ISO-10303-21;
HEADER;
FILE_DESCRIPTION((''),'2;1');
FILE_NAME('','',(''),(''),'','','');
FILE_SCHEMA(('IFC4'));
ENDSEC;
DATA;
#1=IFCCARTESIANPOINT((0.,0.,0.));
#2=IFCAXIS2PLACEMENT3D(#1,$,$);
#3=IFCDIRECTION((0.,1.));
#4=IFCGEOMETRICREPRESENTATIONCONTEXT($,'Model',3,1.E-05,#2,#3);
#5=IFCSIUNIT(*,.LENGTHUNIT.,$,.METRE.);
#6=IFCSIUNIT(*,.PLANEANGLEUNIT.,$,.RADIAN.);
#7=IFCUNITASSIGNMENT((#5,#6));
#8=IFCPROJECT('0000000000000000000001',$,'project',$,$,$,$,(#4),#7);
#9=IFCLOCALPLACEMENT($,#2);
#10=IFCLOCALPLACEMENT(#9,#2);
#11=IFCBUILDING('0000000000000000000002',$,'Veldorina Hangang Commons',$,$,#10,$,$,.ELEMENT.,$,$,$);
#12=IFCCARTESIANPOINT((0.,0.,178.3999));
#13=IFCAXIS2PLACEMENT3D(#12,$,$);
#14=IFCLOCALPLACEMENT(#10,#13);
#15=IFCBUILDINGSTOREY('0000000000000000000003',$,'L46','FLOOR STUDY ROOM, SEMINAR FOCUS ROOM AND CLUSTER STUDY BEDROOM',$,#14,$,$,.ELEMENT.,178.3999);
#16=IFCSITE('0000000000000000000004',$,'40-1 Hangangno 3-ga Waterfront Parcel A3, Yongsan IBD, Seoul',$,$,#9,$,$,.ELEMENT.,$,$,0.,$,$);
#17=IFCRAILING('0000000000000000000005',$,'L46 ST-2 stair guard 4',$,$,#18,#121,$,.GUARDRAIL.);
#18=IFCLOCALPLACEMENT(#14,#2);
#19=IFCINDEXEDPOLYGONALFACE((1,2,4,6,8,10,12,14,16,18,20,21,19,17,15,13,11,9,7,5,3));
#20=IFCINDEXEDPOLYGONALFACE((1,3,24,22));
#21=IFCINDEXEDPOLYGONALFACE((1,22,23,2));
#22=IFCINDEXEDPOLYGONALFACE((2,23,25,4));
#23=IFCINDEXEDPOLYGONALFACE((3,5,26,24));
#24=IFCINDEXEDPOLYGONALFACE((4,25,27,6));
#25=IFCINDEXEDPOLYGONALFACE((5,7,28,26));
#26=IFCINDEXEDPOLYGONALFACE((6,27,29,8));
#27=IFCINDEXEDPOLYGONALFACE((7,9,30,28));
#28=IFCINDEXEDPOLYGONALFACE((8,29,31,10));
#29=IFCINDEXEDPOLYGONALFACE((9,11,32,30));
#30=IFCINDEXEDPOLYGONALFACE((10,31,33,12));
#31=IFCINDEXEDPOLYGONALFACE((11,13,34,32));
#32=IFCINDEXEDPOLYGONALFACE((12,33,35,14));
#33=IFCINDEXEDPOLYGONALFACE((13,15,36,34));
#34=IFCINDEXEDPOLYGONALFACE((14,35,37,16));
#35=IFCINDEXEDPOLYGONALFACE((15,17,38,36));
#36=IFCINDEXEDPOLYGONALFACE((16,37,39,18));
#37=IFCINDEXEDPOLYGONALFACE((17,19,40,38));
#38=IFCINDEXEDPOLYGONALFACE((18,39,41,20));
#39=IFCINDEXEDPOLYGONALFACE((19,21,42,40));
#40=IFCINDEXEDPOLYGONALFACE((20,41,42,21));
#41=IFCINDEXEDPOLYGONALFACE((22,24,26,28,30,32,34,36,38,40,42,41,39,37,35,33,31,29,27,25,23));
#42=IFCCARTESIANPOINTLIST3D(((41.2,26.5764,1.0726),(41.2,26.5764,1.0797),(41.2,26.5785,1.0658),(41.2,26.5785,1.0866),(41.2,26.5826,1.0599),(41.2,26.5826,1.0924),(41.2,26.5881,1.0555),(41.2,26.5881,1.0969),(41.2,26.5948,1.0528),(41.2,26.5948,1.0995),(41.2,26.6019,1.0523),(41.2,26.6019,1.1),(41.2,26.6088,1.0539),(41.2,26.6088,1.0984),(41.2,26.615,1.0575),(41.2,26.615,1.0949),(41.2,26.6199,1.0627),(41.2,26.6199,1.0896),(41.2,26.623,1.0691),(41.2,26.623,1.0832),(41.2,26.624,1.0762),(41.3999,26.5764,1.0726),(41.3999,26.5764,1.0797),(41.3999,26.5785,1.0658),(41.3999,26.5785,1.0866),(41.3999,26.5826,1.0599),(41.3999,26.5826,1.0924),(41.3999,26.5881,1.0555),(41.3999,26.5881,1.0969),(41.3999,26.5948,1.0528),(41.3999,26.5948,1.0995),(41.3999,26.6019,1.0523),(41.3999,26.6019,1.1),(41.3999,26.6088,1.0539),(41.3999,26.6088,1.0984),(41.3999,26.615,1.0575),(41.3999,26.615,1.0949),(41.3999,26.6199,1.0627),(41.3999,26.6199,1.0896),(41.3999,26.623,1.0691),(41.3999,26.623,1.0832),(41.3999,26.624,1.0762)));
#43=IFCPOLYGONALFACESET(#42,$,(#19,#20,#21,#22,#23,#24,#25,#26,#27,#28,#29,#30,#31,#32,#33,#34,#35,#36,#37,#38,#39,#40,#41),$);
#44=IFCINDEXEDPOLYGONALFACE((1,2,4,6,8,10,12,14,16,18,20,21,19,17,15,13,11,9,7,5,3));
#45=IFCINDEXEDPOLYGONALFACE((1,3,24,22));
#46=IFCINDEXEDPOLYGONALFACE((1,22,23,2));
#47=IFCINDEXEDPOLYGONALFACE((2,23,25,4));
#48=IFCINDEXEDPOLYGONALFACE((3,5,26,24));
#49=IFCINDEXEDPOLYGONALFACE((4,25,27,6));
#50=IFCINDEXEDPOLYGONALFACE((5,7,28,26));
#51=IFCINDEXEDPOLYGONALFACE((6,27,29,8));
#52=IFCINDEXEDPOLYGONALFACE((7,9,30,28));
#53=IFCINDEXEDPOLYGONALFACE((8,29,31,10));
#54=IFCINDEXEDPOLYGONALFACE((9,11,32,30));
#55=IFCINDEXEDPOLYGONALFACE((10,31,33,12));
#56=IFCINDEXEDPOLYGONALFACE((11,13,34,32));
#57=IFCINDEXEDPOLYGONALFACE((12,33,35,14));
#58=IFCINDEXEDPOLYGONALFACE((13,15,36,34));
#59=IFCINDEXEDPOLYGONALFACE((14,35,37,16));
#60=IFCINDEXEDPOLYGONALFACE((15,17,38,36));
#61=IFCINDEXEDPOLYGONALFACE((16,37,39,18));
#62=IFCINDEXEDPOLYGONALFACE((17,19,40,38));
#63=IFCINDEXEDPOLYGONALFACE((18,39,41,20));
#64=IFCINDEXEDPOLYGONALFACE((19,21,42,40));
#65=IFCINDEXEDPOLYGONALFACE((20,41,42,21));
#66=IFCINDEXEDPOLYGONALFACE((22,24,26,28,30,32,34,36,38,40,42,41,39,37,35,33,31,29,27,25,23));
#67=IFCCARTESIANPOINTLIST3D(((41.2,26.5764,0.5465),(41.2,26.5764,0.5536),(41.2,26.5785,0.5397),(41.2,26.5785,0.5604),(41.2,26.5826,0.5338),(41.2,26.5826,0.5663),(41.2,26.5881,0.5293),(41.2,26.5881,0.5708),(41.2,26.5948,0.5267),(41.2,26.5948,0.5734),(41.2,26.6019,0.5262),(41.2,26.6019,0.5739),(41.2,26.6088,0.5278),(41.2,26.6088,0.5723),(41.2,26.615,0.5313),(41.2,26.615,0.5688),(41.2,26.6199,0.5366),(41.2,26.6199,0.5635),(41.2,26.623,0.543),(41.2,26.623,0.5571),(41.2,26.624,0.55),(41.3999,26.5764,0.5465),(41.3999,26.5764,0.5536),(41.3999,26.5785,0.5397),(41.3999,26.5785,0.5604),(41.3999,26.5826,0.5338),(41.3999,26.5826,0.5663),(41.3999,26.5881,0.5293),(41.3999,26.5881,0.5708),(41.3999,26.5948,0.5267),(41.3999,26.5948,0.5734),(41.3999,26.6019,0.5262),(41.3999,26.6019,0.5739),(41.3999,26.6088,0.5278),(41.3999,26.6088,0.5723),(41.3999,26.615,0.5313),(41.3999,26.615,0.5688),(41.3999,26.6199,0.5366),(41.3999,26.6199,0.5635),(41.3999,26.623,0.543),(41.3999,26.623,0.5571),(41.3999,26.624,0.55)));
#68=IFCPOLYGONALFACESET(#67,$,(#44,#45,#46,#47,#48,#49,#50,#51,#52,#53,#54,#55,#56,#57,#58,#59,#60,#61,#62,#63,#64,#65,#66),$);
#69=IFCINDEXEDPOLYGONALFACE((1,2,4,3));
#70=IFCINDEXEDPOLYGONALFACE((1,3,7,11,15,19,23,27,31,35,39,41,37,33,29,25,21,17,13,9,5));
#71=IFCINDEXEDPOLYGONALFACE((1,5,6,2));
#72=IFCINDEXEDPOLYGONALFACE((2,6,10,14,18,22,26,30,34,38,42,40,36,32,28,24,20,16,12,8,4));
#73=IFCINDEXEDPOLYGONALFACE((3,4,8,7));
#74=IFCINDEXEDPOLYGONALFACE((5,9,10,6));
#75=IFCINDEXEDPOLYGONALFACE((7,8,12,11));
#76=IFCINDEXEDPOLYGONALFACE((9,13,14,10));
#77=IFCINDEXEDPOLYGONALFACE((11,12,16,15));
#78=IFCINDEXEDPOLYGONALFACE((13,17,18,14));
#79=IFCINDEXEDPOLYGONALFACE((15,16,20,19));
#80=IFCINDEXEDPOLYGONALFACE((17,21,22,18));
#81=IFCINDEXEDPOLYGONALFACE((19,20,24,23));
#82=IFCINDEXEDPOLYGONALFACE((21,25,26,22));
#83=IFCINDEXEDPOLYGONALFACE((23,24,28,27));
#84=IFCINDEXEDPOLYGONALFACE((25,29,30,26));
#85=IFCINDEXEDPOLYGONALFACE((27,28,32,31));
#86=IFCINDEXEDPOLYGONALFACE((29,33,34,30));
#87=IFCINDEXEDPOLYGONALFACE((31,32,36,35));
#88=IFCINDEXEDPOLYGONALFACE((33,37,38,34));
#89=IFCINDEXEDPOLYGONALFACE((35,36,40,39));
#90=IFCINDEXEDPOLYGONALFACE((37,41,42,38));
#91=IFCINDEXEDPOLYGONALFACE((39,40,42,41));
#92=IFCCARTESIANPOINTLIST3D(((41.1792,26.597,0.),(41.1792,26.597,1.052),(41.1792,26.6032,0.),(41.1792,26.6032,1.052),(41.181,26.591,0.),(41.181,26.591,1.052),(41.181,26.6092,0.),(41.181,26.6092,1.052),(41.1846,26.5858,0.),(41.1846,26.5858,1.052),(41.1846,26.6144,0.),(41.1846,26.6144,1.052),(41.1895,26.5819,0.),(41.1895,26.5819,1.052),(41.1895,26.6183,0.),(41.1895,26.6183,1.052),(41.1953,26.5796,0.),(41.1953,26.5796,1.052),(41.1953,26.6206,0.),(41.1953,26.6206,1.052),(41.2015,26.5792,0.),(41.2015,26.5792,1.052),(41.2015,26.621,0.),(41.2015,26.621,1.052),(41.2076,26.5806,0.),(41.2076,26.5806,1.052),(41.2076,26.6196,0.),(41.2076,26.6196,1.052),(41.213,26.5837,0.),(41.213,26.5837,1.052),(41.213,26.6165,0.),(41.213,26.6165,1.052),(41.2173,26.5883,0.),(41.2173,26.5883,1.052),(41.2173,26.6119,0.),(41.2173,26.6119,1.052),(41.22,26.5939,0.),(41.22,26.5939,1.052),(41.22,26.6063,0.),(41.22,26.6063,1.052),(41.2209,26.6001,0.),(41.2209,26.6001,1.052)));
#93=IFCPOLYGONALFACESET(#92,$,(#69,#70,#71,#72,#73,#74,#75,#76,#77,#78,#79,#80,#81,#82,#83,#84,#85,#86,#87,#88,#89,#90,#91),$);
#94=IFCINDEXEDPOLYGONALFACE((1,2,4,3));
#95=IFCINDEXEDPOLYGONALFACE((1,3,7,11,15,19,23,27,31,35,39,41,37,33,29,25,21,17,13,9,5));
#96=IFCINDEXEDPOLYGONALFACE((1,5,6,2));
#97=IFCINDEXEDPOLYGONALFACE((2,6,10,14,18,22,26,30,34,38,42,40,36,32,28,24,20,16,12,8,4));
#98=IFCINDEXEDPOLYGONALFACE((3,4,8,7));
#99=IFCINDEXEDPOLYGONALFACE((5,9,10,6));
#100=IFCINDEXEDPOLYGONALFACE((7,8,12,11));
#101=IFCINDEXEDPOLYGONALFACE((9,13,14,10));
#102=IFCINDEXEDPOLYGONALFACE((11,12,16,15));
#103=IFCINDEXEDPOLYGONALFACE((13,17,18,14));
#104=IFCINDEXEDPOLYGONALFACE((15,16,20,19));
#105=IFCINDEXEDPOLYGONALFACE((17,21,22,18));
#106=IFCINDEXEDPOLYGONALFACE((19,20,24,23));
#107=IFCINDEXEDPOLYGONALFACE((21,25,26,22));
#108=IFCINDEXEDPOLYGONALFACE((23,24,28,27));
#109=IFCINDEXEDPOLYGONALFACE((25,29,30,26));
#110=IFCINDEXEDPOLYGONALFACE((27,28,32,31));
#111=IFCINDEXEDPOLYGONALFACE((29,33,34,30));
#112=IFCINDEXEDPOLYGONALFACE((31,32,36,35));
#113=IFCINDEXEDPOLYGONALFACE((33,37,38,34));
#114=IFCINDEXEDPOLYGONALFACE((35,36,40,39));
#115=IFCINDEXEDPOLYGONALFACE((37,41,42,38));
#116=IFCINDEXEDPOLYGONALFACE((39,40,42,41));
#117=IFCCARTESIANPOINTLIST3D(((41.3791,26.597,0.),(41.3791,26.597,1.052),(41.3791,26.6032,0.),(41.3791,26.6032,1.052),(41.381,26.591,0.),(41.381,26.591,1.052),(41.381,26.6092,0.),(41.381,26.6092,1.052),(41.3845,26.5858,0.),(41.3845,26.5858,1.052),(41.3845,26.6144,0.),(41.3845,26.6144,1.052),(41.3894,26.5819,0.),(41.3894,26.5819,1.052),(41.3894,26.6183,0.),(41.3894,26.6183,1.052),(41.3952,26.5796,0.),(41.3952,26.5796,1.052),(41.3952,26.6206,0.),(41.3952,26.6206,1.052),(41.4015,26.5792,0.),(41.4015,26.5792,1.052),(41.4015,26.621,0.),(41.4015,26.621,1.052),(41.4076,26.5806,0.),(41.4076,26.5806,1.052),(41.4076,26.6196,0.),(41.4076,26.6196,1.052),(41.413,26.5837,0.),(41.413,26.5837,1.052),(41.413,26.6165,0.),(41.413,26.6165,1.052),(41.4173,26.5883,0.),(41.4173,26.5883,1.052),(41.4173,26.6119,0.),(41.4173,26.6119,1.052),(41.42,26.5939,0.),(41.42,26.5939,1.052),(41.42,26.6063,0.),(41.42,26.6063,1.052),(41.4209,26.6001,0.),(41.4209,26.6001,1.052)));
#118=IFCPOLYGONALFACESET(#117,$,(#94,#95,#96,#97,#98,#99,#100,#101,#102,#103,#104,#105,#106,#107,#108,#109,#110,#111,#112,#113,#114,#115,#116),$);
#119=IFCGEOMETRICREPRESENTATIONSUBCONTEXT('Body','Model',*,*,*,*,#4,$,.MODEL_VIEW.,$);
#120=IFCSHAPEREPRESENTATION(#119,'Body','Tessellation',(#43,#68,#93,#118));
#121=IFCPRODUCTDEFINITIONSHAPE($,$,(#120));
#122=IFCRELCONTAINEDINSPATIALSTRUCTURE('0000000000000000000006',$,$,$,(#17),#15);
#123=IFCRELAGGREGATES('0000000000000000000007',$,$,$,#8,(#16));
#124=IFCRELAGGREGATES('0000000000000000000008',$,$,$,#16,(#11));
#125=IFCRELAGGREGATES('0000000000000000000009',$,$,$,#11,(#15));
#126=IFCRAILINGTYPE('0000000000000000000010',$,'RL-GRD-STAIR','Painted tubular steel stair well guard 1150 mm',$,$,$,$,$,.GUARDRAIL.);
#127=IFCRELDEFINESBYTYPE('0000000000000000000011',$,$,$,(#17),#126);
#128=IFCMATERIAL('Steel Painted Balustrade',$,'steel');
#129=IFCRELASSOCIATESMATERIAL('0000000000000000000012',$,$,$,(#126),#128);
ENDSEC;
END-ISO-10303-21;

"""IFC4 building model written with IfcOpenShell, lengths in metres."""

from ifc_helpers import new_model, si_unit, direction, frame, origin, origin_2d, place, context, subcontext, project, spatial, circle, extrude, material, type_object, element, save


model = new_model("IFC4")

# Units and contexts
model_context = context("Model", 3, precision=1e-05, world=origin(), true_north=direction((0.0, 1.0)))
body_context = subcontext(model_context, "Body", "Model", "MODEL_VIEW")
ifc_project = project(units=[si_unit("LENGTHUNIT", "METRE"), si_unit("PLANEANGLEUNIT", "RADIAN")], contexts=[model_context])

# Site, building, storey
site_placement = place(None, origin())
site = spatial("IfcSite", under=ifc_project, at=site_placement, Name="40-1 Hangangno 3-ga Waterfront Parcel A3, Yongsan IBD, Seoul", CompositionType="ELEMENT", RefElevation=0.0)
building_placement = place(site_placement, origin())
building = spatial("IfcBuilding", under=site, at=building_placement, Name="Veldorina Hangang Commons", CompositionType="ELEMENT")
storey_placement = place(building_placement, frame((0.0, 0.0, 178.3999)))
storey = spatial("IfcBuildingStorey", under=building, at=storey_placement, Name="L46", Description="FLOOR STUDY ROOM, SEMINAR FOCUS ROOM AND CLUSTER STUDY BEDROOM", CompositionType="ELEMENT", Elevation=178.3999)

# Railing
ifc_material_1 = material(Name="Steel Painted Balustrade", Category="steel")
railing_type_1 = type_object("IfcRailingType", Name="RL-GRD-STAIR", Description="Painted tubular steel stair well guard 1150 mm", PredefinedType="GUARDRAIL", material=ifc_material_1)
railing_1_placement = place(storey_placement, frame((41.2, 26.6001, 0.0)))
element("IfcRailing", 1, at=railing_1_placement, inside=storey, type_object=railing_type_1, Name="L46 ST-2 stair guard 4", PredefinedType="GUARDRAIL", context=body_context, shape_type="SweptSolid", body=[
    extrude(circle(Radius=0.0239, at=origin_2d()), frame((0.0, 0.0, 1.0762), z_axis=(1.0, 0.0, 0.0), x_axis=(0.0, 1.0, 0.0)), (0.0, 0.0, 1.0), 0.2),
    extrude(circle(Radius=0.0239, at=origin_2d()), frame((0.0, 0.0, 0.55), z_axis=(1.0, 0.0, 0.0), x_axis=(0.0, 1.0, 0.0)), (0.0, 0.0, 1.0), 0.2),
    extrude(circle(Radius=0.021, at=origin_2d()), origin(), (0.0, 0.0, 1.0), 1.052),
    extrude(circle(Radius=0.021, at=origin_2d()), frame((0.2, 0.0, 0.0)), (0.0, 0.0, 1.0), 1.052),
])

save(model, "model.ifc")
